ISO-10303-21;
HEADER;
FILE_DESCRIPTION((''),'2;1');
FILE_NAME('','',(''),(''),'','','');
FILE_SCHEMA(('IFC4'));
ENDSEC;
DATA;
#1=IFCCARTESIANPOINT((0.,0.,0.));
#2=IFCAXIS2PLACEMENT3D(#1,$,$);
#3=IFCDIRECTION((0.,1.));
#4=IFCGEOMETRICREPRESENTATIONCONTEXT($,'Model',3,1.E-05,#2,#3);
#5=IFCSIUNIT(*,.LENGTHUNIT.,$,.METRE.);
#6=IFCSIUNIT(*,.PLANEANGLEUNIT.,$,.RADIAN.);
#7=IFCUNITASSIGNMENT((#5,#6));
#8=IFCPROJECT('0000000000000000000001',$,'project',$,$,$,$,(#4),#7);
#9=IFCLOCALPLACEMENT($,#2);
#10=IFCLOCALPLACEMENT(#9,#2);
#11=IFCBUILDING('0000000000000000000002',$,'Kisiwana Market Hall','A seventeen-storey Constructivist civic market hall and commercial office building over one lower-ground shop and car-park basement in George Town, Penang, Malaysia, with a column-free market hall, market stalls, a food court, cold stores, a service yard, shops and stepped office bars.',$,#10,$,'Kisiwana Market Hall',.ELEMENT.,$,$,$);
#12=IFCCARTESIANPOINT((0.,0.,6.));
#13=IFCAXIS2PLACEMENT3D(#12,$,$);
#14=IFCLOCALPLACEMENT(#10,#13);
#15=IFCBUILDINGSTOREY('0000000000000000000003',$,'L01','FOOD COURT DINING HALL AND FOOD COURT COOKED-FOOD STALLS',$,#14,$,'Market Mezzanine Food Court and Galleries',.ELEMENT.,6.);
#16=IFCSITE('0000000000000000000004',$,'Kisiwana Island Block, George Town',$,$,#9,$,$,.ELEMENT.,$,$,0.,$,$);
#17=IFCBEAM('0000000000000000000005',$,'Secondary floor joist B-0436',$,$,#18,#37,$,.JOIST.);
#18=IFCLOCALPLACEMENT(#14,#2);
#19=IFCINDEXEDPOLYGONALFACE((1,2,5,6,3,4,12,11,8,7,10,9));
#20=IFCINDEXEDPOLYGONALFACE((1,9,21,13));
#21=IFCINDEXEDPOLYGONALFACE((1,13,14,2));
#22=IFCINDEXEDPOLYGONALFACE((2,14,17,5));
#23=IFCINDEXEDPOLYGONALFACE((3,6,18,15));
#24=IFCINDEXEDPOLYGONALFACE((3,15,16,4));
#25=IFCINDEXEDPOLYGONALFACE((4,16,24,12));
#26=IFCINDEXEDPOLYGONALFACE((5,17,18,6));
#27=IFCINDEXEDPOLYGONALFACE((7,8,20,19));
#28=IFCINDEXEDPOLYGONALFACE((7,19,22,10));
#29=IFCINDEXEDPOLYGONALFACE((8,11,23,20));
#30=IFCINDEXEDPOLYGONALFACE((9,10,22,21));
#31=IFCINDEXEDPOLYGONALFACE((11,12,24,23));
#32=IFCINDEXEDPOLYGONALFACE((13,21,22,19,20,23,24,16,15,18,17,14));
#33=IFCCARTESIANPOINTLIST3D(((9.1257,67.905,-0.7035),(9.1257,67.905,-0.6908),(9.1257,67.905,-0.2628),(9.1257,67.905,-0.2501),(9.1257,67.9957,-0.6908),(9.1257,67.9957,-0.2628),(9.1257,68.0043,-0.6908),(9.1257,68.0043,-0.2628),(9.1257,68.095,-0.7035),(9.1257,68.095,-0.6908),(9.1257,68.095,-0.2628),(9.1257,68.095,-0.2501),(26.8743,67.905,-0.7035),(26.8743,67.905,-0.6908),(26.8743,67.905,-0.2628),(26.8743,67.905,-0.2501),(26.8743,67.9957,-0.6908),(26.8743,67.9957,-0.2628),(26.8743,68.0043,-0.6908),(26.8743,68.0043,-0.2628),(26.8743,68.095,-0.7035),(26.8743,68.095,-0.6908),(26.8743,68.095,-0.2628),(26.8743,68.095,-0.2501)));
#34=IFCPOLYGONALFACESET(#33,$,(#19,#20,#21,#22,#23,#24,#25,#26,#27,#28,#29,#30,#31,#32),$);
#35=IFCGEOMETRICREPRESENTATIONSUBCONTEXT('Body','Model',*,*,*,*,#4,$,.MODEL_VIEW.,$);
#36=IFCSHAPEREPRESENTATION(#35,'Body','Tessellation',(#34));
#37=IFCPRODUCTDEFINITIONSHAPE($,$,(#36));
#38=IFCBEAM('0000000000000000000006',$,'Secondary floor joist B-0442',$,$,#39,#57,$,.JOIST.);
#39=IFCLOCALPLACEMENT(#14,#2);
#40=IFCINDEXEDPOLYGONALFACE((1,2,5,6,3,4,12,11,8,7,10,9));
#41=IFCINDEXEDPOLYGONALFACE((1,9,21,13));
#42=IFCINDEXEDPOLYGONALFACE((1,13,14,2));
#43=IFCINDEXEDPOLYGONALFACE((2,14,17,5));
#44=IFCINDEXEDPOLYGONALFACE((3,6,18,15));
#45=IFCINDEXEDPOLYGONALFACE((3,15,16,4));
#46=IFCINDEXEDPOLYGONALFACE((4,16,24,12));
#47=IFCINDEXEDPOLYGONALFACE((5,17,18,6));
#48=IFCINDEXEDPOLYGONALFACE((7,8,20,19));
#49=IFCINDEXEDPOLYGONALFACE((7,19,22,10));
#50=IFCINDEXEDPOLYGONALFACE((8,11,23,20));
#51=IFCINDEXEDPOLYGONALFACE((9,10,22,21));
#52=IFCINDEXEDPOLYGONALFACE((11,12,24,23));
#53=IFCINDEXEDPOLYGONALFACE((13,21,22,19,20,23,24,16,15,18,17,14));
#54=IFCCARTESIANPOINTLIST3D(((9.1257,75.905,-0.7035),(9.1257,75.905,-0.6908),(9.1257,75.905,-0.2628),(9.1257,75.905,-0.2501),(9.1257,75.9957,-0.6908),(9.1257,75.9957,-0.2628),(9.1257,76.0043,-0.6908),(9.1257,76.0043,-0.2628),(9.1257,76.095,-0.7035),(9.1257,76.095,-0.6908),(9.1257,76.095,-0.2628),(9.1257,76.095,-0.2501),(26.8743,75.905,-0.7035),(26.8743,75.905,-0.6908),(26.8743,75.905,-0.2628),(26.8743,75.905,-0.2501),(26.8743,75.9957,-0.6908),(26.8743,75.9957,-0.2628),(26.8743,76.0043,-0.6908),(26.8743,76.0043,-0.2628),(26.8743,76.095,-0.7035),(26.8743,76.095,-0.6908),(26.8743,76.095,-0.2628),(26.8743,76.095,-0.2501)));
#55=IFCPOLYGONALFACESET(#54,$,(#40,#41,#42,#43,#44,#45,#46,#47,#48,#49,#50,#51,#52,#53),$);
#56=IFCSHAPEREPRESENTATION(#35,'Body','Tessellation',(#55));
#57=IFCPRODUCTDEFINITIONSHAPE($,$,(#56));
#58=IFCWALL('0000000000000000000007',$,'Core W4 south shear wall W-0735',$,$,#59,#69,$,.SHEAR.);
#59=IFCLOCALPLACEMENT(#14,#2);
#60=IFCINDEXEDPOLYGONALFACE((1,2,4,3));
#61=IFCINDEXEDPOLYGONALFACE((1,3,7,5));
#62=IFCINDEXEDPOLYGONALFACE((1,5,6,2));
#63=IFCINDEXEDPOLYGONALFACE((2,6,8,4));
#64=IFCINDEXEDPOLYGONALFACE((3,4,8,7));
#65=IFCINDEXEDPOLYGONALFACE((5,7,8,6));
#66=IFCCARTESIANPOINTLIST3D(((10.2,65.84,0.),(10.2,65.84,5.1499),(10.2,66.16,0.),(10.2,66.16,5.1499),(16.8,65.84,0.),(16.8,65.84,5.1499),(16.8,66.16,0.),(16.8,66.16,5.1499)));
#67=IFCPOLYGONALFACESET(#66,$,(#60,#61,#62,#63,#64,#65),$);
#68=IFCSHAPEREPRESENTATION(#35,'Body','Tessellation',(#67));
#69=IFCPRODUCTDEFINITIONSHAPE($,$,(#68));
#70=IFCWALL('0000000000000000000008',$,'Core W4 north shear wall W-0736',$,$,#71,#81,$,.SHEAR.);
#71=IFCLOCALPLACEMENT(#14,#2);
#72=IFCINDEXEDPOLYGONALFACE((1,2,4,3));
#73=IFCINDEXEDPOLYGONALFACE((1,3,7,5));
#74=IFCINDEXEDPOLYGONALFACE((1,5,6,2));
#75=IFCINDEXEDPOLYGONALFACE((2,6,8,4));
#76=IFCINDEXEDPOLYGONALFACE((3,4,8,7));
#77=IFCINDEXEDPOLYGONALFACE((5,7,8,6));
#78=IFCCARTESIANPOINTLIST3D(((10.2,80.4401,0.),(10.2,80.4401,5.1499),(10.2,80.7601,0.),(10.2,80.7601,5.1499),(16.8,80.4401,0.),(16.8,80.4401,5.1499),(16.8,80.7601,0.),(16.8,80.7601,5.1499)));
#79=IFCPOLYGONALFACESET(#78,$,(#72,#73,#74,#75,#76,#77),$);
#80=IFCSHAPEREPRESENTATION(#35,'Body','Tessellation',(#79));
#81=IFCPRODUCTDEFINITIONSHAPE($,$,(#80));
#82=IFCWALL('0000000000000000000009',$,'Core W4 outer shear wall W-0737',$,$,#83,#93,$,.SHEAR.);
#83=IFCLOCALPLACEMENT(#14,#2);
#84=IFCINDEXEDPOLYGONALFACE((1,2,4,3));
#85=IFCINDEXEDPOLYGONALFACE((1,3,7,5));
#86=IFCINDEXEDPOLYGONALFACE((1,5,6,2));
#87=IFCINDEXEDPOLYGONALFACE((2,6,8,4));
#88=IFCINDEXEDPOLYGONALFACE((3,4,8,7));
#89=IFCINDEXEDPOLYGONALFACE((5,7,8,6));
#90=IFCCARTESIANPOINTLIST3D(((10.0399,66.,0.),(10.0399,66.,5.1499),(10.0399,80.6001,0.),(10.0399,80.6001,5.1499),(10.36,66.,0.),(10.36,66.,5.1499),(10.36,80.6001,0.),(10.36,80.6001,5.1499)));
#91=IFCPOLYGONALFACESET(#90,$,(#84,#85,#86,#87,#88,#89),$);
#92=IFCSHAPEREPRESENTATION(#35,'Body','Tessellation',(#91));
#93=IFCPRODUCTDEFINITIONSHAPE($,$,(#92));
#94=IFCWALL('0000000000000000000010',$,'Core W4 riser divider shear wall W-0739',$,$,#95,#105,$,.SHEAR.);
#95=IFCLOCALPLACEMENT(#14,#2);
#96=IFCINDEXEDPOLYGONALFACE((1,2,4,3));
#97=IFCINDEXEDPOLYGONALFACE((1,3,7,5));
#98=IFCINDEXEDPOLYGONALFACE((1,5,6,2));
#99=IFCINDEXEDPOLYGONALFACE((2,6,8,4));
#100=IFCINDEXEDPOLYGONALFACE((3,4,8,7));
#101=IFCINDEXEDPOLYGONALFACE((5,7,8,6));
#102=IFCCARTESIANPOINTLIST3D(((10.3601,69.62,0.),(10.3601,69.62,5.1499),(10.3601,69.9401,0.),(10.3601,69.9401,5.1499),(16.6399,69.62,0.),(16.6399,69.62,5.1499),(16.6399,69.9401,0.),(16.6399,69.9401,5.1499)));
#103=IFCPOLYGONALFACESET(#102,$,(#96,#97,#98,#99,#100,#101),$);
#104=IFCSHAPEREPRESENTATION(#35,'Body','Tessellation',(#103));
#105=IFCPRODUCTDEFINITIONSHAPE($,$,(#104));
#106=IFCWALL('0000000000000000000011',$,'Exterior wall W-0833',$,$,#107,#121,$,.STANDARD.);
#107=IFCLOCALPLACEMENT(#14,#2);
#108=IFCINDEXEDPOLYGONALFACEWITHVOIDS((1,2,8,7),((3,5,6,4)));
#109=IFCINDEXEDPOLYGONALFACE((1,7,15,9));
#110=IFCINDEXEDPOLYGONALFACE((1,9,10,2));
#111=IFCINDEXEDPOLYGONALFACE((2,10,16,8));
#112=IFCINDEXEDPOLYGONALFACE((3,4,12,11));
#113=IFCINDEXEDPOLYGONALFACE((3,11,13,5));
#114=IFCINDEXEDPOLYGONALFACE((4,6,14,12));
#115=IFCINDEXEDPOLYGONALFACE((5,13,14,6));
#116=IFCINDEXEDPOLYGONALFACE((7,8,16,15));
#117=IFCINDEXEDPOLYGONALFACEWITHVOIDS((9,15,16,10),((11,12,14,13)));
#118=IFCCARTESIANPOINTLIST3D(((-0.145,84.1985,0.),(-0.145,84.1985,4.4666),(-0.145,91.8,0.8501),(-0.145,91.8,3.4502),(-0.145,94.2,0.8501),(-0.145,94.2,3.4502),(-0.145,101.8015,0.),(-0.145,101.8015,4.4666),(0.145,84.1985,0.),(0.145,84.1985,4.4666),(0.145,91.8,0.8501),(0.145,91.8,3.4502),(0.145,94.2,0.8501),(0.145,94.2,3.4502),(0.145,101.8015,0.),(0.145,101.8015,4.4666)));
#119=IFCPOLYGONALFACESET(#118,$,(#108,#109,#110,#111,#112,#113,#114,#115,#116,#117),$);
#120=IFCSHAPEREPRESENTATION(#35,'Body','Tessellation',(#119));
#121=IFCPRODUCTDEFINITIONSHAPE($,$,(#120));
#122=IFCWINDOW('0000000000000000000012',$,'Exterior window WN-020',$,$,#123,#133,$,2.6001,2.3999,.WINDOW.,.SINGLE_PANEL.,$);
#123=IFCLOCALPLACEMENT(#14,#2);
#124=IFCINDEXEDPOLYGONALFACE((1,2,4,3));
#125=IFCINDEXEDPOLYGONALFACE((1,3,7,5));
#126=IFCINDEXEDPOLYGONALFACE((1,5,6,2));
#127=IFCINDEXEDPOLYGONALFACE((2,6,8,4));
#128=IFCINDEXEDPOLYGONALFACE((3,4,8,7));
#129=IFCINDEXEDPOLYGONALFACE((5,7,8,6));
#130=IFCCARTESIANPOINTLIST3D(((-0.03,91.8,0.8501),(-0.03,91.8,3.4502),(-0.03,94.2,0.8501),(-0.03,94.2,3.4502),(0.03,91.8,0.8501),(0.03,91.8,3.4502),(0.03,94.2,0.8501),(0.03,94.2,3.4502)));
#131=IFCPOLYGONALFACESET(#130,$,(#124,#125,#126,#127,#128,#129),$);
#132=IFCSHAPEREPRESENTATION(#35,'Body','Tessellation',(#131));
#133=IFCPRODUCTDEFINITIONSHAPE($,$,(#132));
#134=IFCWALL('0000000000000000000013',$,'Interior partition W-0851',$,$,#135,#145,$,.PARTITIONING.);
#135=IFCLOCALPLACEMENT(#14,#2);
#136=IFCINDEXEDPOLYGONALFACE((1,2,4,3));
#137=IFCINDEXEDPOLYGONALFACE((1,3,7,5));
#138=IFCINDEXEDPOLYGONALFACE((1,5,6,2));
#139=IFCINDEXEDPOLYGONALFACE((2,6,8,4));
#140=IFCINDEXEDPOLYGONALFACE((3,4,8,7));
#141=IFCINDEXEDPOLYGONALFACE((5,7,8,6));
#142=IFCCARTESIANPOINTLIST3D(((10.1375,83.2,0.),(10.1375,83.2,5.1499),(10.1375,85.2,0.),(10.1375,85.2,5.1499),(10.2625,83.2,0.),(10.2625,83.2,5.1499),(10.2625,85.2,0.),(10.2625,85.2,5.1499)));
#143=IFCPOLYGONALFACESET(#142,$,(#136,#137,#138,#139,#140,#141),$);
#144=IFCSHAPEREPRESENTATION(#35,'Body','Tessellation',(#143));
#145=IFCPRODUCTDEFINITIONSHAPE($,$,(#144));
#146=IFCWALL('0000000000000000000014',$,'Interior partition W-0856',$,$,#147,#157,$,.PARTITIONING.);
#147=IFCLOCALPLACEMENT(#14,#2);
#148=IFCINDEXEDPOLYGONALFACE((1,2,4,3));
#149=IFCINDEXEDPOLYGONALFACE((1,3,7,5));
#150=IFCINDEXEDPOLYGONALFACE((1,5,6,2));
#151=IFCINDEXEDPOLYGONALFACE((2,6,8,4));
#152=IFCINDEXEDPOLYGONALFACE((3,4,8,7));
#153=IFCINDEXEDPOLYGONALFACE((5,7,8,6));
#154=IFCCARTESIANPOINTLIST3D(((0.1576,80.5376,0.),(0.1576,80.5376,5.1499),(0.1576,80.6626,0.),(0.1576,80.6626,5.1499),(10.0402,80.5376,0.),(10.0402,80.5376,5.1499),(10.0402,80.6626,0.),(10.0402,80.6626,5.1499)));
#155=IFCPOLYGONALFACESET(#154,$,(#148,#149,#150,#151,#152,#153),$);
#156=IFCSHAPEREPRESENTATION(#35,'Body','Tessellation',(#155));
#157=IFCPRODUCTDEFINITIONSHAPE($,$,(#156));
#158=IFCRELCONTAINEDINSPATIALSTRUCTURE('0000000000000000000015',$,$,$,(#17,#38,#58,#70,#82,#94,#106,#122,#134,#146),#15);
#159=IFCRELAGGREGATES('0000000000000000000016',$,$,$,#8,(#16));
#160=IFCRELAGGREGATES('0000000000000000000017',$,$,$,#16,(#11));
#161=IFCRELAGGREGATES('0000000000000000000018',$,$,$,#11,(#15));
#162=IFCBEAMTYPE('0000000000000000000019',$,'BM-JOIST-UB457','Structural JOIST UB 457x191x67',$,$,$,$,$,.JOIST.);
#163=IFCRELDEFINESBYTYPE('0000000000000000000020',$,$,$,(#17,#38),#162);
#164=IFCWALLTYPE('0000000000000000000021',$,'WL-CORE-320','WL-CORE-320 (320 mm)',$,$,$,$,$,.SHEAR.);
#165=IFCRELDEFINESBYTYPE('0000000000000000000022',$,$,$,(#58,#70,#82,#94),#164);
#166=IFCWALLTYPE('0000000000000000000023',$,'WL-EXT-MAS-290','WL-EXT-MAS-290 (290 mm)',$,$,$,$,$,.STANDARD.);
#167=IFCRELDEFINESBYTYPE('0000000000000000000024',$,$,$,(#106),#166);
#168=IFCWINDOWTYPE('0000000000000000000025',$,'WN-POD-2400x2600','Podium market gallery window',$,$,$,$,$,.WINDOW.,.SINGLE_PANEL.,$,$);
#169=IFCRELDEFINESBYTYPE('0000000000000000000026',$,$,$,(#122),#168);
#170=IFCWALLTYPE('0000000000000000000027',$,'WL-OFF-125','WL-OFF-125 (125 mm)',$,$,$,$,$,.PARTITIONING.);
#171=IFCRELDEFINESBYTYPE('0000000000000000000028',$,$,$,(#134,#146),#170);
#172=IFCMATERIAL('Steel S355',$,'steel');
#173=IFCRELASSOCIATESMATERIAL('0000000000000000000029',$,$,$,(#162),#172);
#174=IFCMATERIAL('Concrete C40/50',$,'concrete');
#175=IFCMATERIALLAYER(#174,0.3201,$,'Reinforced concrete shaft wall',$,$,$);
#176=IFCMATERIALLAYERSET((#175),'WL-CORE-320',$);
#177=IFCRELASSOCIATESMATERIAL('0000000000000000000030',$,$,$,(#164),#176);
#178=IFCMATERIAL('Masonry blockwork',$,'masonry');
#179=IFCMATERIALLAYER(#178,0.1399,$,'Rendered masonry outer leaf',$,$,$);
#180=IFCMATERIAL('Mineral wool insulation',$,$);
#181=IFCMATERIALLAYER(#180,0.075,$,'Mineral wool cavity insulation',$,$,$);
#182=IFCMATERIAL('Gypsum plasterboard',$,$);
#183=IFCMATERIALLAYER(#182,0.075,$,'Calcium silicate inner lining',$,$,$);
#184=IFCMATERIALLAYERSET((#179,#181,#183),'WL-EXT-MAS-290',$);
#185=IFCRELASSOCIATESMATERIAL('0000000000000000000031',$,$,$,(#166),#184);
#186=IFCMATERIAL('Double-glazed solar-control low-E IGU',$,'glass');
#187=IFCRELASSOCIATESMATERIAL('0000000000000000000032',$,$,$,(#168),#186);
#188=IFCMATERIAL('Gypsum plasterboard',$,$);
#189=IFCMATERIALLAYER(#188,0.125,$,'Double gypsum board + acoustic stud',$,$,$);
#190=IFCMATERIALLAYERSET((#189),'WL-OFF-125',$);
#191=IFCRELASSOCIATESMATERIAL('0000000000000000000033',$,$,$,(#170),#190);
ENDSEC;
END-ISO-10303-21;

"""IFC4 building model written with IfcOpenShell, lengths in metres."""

from ifc_helpers import new_model, si_unit, direction, frame, frame_2d, origin, origin_2d, place, context, subcontext, project, spatial, rectangle, i_section, extrude, material, layer, layer_set, material_profile, profile_set, type_object, element, fill, save


model = new_model("IFC4")

# Units and contexts
model_context = context("Model", 3, precision=1e-05, world=origin(), true_north=direction((0.0, 1.0)))
body_context = subcontext(model_context, "Body", "Model", "MODEL_VIEW")
ifc_project = project(units=[si_unit("LENGTHUNIT", "METRE"), si_unit("PLANEANGLEUNIT", "RADIAN")], contexts=[model_context])

# Site, building, storey
site_placement = place(None, origin())
site = spatial("IfcSite", under=ifc_project, at=site_placement, Name="Kisiwana Island Block, George Town", CompositionType="ELEMENT", RefElevation=0.0)
building_placement = place(site_placement, origin())
building = spatial("IfcBuilding", under=site, at=building_placement, Name="Kisiwana Market Hall", Description="A seventeen-storey Constructivist civic market hall and commercial office building over one lower-ground shop and car-park basement in George Town, Penang, Malaysia, with a column-free market hall, market stalls, a food court, cold stores, a service yard, shops and stepped office bars.", LongName="Kisiwana Market Hall", CompositionType="ELEMENT")
storey_placement = place(building_placement, frame((0.0, 0.0, 6.0)))
storey = spatial("IfcBuildingStorey", under=building, at=storey_placement, Name="L01", Description="FOOD COURT DINING HALL AND FOOD COURT COOKED-FOOD STALLS", LongName="Market Mezzanine Food Court and Galleries", CompositionType="ELEMENT", Elevation=6.0)

# Beams
ifc_material_1 = material(Name="Steel S355", Category="steel")
ifc_material_profile_1 = material_profile(ifc_material_1, i_section(OverallWidth=0.1899, OverallDepth=0.4534, WebThickness=0.0085, FlangeThickness=0.0127, at=origin_2d()), Name="UB 457x191x67")
ifc_profile_set_1 = profile_set([ifc_material_profile_1], Name="Steel S355")
beam_type_1 = type_object("IfcBeamType", Name="BM-JOIST-UB457", Description="Structural JOIST UB 457x191x67", PredefinedType="JOIST", material=ifc_profile_set_1)
for number, where, z_axis, x_axis, name in (
    (1, (9.1257, 68.0, -0.4768), (1.0, 0.0, 0.0), (0.0, 1.0, 0.0), "Secondary floor joist B-0436"),
    (2, (9.1257, 76.0, -0.4768), (1.0, 0.0, 0.0), (0.0, 1.0, 0.0), "Secondary floor joist B-0442"),
):
    element("IfcBeam", number, at=place(storey_placement, frame(where, z_axis=z_axis, x_axis=x_axis)), inside=storey, type_object=beam_type_1, Name=name, PredefinedType="JOIST", context=body_context, shape_type="SweptSolid", body=[
        extrude(i_section(OverallWidth=0.1899, OverallDepth=0.4534, WebThickness=0.0085, FlangeThickness=0.0127, at=origin_2d()), origin(), (0.0, 0.0, 1.0), 17.7485),
    ])

# Walls
ifc_material_2 = material(Name="Concrete C40/50", Category="concrete")
ifc_layer_1 = layer(ifc_material_2, 0.3201, Name="Reinforced concrete shaft wall")
ifc_layer_set_1 = layer_set([ifc_layer_1], Name="WL-CORE-320")
wall_type_1 = type_object("IfcWallType", Name="WL-CORE-320", Description="WL-CORE-320 (320 mm)", PredefinedType="SHEAR", material=ifc_layer_set_1)
for number, where, z_axis, x_axis, name in (
    (3, (10.2, 66.0, 0.0), (0.0, 0.0, 1.0), (1.0, 0.0, 0.0), "Core W4 south shear wall W-0735"),
    (4, (10.2, 80.6001, 0.0), (0.0, 0.0, 1.0), (1.0, 0.0, 0.0), "Core W4 north shear wall W-0736"),
):
    element("IfcWall", number, at=place(storey_placement, frame(where, z_axis=z_axis, x_axis=x_axis)), inside=storey, type_object=wall_type_1, Name=name, PredefinedType="SHEAR", context=body_context, shape_type="SweptSolid", body=[
        extrude(rectangle(XDim=6.6001, YDim=0.3201, at=frame_2d((3.3, 0.0))), origin(), (0.0, 0.0, 1.0), 5.1499),
    ])
wall_1_placement = place(storey_placement, frame((10.2, 66.0, 0.0), z_axis=(0.0, 0.0, 1.0), x_axis=(0.0, 1.0, 0.0)))
element("IfcWall", 5, at=wall_1_placement, inside=storey, type_object=wall_type_1, Name="Core W4 outer shear wall W-0737", PredefinedType="SHEAR", context=body_context, shape_type="SweptSolid", body=[
    extrude(rectangle(XDim=14.6001, YDim=0.3201, at=frame_2d((7.3, 0.0))), origin(), (0.0, 0.0, 1.0), 5.1499),
])
wall_2_placement = place(storey_placement, frame((10.3601, 69.78, 0.0), z_axis=(0.0, 0.0, 1.0), x_axis=(1.0, 0.0, 0.0)))
element("IfcWall", 6, at=wall_2_placement, inside=storey, type_object=wall_type_1, Name="Core W4 riser divider shear wall W-0739", PredefinedType="SHEAR", context=body_context, shape_type="SweptSolid", body=[
    extrude(rectangle(XDim=6.2798, YDim=0.3201, at=frame_2d((3.1399, 0.0))), origin(), (0.0, 0.0, 1.0), 5.1499),
])

# Wall, opening, window
ifc_material_3 = material(Name="Masonry blockwork", Category="masonry")
ifc_layer_2 = layer(ifc_material_3, 0.1399, Name="Rendered masonry outer leaf")
ifc_material_4 = material(Name="Mineral wool insulation")
ifc_layer_3 = layer(ifc_material_4, 0.075, Name="Mineral wool cavity insulation")
ifc_material_5 = material(Name="Gypsum plasterboard")
ifc_layer_4 = layer(ifc_material_5, 0.075, Name="Calcium silicate inner lining")
ifc_layer_set_2 = layer_set([ifc_layer_2, ifc_layer_3, ifc_layer_4], Name="WL-EXT-MAS-290")
wall_type_2 = type_object("IfcWallType", Name="WL-EXT-MAS-290", Description="WL-EXT-MAS-290 (290 mm)", PredefinedType="STANDARD", material=ifc_layer_set_2)
wall_3_placement = place(storey_placement, frame((0.0, 84.1985, 0.0), z_axis=(0.0, 0.0, 1.0), x_axis=(0.0, 1.0, 0.0)))
wall_3 = element("IfcWall", 7, at=wall_3_placement, inside=storey, type_object=wall_type_2, Name="Exterior wall W-0833", PredefinedType="STANDARD", context=body_context, shape_type="SweptSolid", body=[
    extrude(rectangle(XDim=17.603, YDim=0.29, at=frame_2d((8.8015, 0.0))), origin(), (0.0, 0.0, 1.0), 4.4666),
])
opening_1_placement = place(wall_3_placement, frame((7.6016, 0.0, 0.8501)))
opening_1 = element("IfcOpeningElement", 8, at=opening_1_placement, cuts=wall_3, PredefinedType="OPENING", context=body_context, shape_type="SweptSolid", body=[
    extrude(rectangle(XDim=2.3999, YDim=2.6001, at=frame_2d((1.2, 1.3))), frame((0.0, 0.157, 0.0), z_axis=(0.0, -1.0, 0.0), x_axis=(1.0, 0.0, 0.0)), (0.0, 0.0, 1.0), 0.314),
])
ifc_material_6 = material(Name="Double-glazed solar-control low-E IGU", Category="glass")
window_type = type_object("IfcWindowType", Name="WN-POD-2400x2600", Description="Podium market gallery window", PartitioningType="SINGLE_PANEL", PredefinedType="WINDOW", material=ifc_material_6)
window_placement = place(opening_1_placement, origin())
window = element("IfcWindow", 9, at=window_placement, inside=storey, type_object=window_type, Name="Exterior window WN-020", OverallHeight=2.6001, OverallWidth=2.3999, PartitioningType="SINGLE_PANEL", PredefinedType="WINDOW", context=body_context, shape_type="SweptSolid", body=[
    extrude(rectangle(XDim=2.3999, YDim=2.6001, at=frame_2d((1.2, 1.3))), frame((0.0, 0.03, 0.0), z_axis=(0.0, -1.0, 0.0), x_axis=(1.0, 0.0, 0.0)), (0.0, 0.0, 1.0), 0.0601),
])
fill(opening_1, window)

# Walls
ifc_material_7 = material(Name="Gypsum plasterboard")
ifc_layer_5 = layer(ifc_material_7, 0.125, Name="Double gypsum board + acoustic stud")
ifc_layer_set_3 = layer_set([ifc_layer_5], Name="WL-OFF-125")
wall_type_3 = type_object("IfcWallType", Name="WL-OFF-125", Description="WL-OFF-125 (125 mm)", PredefinedType="PARTITIONING", material=ifc_layer_set_3)
wall_4_placement = place(storey_placement, frame((10.2, 83.2, 0.0), z_axis=(0.0, 0.0, 1.0), x_axis=(0.0, 1.0, 0.0)))
element("IfcWall", 10, at=wall_4_placement, inside=storey, type_object=wall_type_3, Name="Interior partition W-0851", PredefinedType="PARTITIONING", context=body_context, shape_type="SweptSolid", body=[
    extrude(rectangle(XDim=2.0, YDim=0.125, at=frame_2d((1.0, 0.0))), origin(), (0.0, 0.0, 1.0), 5.1499),
])
wall_5_placement = place(storey_placement, frame((0.1575, 80.6001, 0.0), z_axis=(0.0, 0.0, 1.0), x_axis=(1.0, 0.0, 0.0)))
element("IfcWall", 11, at=wall_5_placement, inside=storey, type_object=wall_type_3, Name="Interior partition W-0856", PredefinedType="PARTITIONING", context=body_context, shape_type="SweptSolid", body=[
    extrude(rectangle(XDim=9.8826, YDim=0.125, at=frame_2d((4.9414, 0.0))), origin(), (0.0, 0.0, 1.0), 5.1499),
])

save(model, "model.ifc")
